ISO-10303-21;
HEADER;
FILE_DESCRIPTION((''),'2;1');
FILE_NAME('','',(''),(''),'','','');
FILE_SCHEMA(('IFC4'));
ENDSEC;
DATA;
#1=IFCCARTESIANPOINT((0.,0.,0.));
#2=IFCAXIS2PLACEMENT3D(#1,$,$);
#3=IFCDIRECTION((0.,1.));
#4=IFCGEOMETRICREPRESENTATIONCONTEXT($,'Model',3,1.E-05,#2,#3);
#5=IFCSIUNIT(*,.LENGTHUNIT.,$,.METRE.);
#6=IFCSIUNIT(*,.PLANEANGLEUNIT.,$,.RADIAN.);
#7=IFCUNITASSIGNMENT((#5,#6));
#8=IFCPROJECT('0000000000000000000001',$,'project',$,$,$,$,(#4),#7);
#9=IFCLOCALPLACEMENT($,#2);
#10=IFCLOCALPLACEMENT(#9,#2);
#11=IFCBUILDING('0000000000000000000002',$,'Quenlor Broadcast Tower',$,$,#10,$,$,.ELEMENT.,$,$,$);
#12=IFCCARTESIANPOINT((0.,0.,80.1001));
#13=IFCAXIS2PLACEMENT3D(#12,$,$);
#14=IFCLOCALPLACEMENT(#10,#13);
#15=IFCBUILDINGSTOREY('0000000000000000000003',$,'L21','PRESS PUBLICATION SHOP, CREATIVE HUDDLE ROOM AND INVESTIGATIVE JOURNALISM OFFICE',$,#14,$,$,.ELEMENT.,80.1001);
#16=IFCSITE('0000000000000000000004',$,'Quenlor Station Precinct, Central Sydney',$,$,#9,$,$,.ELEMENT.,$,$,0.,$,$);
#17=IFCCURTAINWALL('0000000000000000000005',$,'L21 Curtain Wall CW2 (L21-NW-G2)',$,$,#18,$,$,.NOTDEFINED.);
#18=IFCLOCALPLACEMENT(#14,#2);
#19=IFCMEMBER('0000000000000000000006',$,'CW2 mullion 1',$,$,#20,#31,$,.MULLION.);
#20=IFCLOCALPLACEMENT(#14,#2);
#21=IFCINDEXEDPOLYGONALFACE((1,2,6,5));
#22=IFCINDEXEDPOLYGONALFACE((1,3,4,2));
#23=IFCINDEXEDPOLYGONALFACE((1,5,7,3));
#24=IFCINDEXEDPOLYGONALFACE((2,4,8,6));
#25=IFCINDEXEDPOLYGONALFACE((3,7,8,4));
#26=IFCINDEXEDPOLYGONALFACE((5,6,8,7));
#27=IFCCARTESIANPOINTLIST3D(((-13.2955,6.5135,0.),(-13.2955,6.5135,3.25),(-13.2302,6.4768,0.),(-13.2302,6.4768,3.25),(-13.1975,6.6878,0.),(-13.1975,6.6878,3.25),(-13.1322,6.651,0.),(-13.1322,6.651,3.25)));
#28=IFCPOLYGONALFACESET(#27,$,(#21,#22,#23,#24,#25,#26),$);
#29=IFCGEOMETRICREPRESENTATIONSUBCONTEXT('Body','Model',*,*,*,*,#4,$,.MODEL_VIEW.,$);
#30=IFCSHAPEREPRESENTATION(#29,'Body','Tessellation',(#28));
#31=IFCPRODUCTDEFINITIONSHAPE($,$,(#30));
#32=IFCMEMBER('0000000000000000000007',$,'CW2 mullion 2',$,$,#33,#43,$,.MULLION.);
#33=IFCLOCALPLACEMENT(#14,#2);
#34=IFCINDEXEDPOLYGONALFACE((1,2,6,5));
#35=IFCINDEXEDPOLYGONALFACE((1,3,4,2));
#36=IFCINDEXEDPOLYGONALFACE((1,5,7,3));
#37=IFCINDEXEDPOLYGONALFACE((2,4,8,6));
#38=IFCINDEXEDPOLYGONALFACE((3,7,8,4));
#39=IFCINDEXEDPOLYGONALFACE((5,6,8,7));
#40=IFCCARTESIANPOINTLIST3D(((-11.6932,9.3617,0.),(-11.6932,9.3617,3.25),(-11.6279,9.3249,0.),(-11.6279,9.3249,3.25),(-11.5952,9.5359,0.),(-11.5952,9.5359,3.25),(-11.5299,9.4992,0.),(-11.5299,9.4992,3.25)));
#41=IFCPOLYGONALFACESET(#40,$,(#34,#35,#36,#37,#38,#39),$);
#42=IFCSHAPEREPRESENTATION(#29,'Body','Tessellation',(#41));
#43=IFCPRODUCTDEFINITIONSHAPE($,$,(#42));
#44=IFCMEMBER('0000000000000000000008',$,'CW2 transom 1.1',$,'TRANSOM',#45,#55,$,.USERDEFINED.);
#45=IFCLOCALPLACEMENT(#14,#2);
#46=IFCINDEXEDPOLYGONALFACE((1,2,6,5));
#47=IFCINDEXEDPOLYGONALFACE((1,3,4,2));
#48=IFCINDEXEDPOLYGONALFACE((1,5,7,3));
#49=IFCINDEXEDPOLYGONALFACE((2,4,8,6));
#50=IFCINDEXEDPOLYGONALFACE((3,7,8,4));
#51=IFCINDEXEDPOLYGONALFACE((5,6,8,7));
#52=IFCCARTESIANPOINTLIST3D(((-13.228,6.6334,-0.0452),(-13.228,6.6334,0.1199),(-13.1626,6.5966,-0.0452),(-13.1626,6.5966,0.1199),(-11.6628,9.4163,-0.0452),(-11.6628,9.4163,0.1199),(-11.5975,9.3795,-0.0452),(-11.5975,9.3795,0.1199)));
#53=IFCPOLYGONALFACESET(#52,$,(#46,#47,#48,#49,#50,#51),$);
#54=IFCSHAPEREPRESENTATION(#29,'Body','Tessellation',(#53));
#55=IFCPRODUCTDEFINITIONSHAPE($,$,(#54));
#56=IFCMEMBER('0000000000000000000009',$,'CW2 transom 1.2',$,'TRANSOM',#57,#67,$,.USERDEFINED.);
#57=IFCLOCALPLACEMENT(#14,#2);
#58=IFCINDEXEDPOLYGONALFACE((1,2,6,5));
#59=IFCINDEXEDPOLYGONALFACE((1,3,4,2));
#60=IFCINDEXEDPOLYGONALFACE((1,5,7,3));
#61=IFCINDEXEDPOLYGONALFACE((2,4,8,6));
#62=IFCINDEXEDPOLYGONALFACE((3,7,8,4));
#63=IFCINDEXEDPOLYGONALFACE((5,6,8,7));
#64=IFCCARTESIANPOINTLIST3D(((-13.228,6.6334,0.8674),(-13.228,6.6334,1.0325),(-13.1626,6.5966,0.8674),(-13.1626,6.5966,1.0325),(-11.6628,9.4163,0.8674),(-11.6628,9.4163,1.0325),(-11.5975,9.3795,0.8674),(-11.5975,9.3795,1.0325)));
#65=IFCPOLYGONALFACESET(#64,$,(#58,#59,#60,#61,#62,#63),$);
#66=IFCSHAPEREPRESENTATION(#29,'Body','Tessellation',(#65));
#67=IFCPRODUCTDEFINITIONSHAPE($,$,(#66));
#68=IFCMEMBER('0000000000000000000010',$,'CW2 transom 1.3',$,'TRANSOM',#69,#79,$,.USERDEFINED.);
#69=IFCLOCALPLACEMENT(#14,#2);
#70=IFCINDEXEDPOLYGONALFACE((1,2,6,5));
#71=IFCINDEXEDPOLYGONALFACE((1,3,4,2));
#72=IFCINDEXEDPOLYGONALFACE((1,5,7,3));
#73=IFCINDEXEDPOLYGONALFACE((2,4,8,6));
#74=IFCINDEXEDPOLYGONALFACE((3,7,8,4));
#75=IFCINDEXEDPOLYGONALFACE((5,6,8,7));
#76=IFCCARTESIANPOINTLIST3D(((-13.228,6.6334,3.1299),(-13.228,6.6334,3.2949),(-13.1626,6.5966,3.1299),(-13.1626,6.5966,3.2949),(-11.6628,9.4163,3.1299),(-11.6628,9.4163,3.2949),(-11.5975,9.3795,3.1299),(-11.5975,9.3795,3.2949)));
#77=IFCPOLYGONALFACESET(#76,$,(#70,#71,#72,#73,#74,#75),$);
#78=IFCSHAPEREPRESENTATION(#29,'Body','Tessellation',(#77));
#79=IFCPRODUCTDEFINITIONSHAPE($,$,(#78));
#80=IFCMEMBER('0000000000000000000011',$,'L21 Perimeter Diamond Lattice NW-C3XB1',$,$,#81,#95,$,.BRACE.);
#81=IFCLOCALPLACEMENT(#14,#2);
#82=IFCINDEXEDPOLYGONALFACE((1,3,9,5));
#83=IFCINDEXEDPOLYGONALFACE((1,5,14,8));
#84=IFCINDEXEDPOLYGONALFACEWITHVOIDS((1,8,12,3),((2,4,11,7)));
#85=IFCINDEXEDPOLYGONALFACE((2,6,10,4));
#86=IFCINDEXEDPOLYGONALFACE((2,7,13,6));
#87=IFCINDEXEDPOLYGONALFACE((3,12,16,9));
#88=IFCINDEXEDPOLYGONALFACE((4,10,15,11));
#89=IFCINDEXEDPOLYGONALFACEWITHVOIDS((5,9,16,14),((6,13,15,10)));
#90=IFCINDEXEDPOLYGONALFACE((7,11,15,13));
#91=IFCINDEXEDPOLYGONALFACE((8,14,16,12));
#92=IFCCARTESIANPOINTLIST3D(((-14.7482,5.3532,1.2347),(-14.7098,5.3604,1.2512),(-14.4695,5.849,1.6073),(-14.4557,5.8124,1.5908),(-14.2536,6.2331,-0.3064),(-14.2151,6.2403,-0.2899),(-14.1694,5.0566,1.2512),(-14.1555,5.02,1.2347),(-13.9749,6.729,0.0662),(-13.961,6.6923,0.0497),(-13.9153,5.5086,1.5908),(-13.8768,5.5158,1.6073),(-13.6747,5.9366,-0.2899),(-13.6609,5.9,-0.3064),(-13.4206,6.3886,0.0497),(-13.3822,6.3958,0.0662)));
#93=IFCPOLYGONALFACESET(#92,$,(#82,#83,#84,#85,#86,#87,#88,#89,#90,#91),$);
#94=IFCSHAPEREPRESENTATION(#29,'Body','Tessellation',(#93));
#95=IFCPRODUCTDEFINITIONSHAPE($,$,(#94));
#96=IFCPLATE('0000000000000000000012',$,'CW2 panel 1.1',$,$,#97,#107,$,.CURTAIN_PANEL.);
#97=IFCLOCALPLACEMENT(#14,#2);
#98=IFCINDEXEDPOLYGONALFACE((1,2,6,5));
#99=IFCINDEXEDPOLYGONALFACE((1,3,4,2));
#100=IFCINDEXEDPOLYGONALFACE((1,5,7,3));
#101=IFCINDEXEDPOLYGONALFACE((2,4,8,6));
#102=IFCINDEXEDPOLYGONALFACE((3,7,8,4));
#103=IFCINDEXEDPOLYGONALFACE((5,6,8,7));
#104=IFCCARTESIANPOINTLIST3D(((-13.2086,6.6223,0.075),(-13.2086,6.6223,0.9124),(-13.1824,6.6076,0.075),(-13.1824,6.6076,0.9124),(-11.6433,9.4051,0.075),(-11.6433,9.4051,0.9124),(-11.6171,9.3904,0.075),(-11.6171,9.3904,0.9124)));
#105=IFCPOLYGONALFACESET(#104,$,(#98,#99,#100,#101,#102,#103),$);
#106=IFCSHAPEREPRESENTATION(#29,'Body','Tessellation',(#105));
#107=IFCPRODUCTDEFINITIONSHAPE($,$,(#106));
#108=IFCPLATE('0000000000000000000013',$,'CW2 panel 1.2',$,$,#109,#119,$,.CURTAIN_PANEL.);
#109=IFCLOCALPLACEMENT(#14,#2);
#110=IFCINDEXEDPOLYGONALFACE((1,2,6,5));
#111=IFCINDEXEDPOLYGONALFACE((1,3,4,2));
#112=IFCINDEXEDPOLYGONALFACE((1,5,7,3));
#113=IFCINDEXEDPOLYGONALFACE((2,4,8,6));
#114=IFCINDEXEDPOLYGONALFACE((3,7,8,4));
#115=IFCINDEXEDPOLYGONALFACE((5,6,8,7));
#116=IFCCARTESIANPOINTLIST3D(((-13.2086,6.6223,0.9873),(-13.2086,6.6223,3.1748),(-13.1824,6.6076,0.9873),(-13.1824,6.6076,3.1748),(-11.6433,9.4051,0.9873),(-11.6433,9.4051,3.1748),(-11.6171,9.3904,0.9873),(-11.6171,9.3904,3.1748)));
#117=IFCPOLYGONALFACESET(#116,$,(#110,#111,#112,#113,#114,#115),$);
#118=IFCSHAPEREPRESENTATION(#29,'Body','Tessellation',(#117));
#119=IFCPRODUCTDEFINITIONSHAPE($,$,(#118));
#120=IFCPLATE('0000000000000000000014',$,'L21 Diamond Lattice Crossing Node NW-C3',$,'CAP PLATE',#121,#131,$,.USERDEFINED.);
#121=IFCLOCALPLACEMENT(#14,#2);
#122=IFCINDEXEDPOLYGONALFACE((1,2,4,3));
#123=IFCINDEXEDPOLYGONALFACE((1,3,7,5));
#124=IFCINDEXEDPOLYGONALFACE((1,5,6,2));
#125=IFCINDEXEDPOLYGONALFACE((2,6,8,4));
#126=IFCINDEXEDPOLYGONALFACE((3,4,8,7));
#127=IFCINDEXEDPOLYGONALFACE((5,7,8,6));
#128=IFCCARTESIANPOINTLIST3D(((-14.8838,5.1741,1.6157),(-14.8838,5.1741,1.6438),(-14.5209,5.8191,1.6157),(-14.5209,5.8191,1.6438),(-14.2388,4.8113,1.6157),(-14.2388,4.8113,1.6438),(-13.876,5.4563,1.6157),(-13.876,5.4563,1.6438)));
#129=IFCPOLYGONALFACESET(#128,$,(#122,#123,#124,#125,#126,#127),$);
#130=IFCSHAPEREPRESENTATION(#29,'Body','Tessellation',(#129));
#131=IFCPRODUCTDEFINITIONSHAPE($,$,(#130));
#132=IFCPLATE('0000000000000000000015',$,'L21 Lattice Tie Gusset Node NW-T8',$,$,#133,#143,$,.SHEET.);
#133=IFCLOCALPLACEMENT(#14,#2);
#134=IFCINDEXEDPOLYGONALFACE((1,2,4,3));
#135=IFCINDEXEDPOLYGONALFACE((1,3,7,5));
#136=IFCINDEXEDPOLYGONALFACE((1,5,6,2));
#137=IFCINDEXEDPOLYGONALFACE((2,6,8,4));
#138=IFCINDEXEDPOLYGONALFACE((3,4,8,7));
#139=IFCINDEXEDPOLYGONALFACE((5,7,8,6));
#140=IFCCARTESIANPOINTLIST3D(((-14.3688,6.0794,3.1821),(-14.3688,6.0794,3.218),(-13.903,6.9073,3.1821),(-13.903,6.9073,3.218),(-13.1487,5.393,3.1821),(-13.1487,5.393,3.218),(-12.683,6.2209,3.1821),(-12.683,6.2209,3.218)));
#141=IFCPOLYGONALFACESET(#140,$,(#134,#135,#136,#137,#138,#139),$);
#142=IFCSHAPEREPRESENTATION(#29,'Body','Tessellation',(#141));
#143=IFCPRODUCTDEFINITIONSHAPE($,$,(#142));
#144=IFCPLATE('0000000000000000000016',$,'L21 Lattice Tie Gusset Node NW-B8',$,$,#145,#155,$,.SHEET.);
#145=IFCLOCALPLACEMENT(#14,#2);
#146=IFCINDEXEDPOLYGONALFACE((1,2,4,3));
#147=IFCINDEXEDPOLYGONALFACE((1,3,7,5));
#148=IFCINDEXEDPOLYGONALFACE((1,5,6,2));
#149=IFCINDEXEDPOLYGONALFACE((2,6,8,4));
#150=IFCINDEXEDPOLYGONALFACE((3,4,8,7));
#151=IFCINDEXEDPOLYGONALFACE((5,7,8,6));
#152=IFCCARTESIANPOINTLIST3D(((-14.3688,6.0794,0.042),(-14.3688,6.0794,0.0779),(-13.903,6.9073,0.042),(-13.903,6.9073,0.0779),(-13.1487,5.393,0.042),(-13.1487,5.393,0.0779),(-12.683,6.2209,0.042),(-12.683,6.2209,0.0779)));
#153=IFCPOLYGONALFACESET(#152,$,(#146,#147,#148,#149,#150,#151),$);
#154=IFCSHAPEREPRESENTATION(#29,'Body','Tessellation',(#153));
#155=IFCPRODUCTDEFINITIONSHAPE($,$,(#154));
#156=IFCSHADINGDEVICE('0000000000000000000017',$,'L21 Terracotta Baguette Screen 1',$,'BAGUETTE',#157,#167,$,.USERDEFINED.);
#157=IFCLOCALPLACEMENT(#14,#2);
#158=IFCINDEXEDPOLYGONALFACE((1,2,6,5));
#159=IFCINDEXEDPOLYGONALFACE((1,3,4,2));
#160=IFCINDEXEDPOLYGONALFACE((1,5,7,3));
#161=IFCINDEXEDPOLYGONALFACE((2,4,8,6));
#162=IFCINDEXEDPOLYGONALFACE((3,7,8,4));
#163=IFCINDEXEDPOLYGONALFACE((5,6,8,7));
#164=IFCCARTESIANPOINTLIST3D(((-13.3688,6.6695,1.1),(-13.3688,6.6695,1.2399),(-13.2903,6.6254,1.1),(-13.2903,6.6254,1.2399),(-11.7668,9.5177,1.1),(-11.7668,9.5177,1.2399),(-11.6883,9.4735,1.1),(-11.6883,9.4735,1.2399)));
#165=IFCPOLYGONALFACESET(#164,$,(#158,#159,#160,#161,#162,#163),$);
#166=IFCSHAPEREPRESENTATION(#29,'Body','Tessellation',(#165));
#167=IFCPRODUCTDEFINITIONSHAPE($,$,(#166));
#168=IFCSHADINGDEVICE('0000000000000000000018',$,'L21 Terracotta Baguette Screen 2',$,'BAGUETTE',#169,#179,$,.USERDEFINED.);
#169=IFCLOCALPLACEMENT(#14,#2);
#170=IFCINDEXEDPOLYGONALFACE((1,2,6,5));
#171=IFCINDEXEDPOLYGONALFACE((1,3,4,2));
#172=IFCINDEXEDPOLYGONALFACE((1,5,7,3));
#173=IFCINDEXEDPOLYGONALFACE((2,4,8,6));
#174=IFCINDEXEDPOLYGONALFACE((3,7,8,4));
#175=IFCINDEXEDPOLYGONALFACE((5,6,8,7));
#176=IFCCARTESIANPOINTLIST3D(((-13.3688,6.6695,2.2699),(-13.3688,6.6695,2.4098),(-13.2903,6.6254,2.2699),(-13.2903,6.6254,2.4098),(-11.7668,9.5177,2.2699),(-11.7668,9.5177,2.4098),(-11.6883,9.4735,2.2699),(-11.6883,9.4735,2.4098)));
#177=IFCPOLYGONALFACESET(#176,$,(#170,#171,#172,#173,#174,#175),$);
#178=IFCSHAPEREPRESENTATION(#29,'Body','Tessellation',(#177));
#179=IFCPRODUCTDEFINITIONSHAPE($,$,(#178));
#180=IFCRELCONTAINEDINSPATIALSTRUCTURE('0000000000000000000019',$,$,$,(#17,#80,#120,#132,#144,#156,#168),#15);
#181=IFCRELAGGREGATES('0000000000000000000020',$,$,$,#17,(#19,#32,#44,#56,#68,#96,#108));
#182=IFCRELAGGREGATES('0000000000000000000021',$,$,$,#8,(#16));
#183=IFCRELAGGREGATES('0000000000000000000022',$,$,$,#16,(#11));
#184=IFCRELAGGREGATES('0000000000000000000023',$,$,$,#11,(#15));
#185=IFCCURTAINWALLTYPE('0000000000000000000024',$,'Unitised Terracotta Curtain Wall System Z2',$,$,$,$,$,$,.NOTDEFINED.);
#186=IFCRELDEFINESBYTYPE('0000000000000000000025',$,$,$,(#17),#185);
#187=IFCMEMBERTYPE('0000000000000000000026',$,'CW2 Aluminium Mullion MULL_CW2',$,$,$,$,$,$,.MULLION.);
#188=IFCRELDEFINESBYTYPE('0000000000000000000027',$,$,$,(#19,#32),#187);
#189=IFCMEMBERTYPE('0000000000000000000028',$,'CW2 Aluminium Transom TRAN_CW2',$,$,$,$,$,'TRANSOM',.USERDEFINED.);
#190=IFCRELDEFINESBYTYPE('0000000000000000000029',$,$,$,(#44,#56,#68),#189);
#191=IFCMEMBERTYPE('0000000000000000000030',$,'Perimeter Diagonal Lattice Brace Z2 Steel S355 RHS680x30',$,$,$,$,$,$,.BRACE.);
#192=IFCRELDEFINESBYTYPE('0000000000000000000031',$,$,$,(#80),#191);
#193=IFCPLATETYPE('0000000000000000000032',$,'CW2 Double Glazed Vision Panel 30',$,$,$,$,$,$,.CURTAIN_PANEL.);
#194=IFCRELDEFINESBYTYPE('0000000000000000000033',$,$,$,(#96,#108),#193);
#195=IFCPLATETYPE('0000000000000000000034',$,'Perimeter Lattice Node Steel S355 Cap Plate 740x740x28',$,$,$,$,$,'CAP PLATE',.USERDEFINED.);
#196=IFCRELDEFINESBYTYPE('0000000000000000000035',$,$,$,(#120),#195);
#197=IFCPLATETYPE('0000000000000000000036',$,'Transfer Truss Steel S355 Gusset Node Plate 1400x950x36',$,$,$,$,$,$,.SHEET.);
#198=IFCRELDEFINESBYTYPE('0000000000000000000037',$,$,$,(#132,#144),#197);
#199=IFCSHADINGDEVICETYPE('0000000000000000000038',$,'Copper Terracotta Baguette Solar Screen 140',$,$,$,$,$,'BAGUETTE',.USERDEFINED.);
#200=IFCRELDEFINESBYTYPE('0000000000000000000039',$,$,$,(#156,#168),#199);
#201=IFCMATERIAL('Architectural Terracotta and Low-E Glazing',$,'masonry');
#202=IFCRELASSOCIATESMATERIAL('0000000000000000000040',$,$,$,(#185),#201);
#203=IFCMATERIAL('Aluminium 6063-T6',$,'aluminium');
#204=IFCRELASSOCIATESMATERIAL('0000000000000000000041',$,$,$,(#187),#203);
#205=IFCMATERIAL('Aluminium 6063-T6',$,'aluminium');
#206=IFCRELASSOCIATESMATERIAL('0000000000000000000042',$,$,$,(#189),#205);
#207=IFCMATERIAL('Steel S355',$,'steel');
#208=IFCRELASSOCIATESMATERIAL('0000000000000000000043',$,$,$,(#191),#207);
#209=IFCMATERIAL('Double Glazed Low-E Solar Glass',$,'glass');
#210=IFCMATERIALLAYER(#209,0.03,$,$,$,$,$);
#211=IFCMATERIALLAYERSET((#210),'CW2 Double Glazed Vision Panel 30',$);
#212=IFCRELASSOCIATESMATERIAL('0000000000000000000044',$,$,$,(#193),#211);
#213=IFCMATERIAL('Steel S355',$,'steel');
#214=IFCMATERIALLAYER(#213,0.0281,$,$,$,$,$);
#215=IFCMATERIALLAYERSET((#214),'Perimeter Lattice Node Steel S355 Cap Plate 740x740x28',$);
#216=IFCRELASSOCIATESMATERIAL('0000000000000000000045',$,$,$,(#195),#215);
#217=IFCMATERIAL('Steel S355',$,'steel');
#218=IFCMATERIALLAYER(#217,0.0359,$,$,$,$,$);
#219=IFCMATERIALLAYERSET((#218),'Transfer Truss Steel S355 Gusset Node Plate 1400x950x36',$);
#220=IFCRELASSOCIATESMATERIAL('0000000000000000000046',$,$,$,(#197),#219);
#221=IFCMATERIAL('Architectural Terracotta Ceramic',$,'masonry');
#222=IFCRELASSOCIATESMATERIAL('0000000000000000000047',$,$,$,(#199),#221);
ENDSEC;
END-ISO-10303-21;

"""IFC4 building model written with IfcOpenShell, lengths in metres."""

from ifc_helpers import new_model, si_unit, direction, frame, origin, origin_2d, place, context, subcontext, project, spatial, rectangle, hollow_rectangle, extrude, material, layer, layer_set, material_profile, profile_set, type_object, element, aggregate, save


model = new_model("IFC4")

# Units and contexts
model_context = context("Model", 3, precision=1e-05, world=origin(), true_north=direction((0.0, 1.0)))
body_context = subcontext(model_context, "Body", "Model", "MODEL_VIEW")
ifc_project = project(units=[si_unit("LENGTHUNIT", "METRE"), si_unit("PLANEANGLEUNIT", "RADIAN")], contexts=[model_context])

# Site, building, storey
site_placement = place(None, origin())
site = spatial("IfcSite", under=ifc_project, at=site_placement, Name="Quenlor Station Precinct, Central Sydney", CompositionType="ELEMENT", RefElevation=0.0)
building_placement = place(site_placement, origin())
building = spatial("IfcBuilding", under=site, at=building_placement, Name="Quenlor Broadcast Tower", CompositionType="ELEMENT")
storey_placement = place(building_placement, frame((0.0, 0.0, 80.1001)))
storey = spatial("IfcBuildingStorey", under=building, at=storey_placement, Name="L21", Description="PRESS PUBLICATION SHOP, CREATIVE HUDDLE ROOM AND INVESTIGATIVE JOURNALISM OFFICE", CompositionType="ELEMENT", Elevation=80.1001)

# Curtain wall, members
ifc_material_1 = material(Name="Architectural Terracotta and Low-E Glazing", Category="masonry")
curtain_wall_type = type_object("IfcCurtainWallType", Name="Unitised Terracotta Curtain Wall System Z2", PredefinedType="NOTDEFINED", material=ifc_material_1)
curtain_wall_placement = place(storey_placement, origin())
curtain_wall = element("IfcCurtainWall", 1, at=curtain_wall_placement, inside=storey, type_object=curtain_wall_type, Name="L21 Curtain Wall CW2 (L21-NW-G2)", PredefinedType="NOTDEFINED")
ifc_material_2 = material(Name="Aluminium 6063-T6", Category="aluminium")
ifc_material_profile_1 = material_profile(ifc_material_2, rectangle(XDim=0.075, YDim=0.2, at=origin_2d()))
ifc_profile_set_1 = profile_set([ifc_material_profile_1], Name="Aluminium 6063-T6 MULL75x200")
member_type_1 = type_object("IfcMemberType", Name="CW2 Aluminium Mullion MULL_CW2", PredefinedType="MULLION", material=ifc_profile_set_1)
member_1_placement = place(storey_placement, frame((-13.2139, 6.5823, 0.0), z_axis=(0.0, 0.0, 1.0), x_axis=(-0.871576, 0.490261, 0.0)))
member_1 = element("IfcMember", 2, at=member_1_placement, type_object=member_type_1, Name="CW2 mullion 1", PredefinedType="MULLION", context=body_context, shape_type="SweptSolid", body=[
    extrude(rectangle(XDim=0.075, YDim=0.2, at=origin_2d()), origin(), (0.0, 0.0, 1.0), 3.25),
])
member_2_placement = place(storey_placement, frame((-11.6116, 9.4304, 0.0), z_axis=(0.0, 0.0, 1.0), x_axis=(-0.871576, 0.490261, 0.0)))
member_2 = element("IfcMember", 3, at=member_2_placement, type_object=member_type_1, Name="CW2 mullion 2", PredefinedType="MULLION", context=body_context, shape_type="SweptSolid", body=[
    extrude(rectangle(XDim=0.075, YDim=0.2, at=origin_2d()), origin(), (0.0, 0.0, 1.0), 3.25),
])
ifc_material_3 = material(Name="Aluminium 6063-T6", Category="aluminium")
ifc_material_profile_2 = material_profile(ifc_material_3, rectangle(XDim=0.075, YDim=0.165, at=origin_2d()))
ifc_profile_set_2 = profile_set([ifc_material_profile_2], Name="Aluminium 6063-T6 TRAN75x165")
member_type_2 = type_object("IfcMemberType", Name="CW2 Aluminium Transom TRAN_CW2", ElementType="TRANSOM", PredefinedType="USERDEFINED", material=ifc_profile_set_2)
member_3_placement = place(storey_placement, frame((-13.1953, 6.615, 0.0374), z_axis=(0.490207, 0.871606, 0.0), x_axis=(-0.871606, 0.490207, 0.0)))
member_3 = element("IfcMember", 4, at=member_3_placement, type_object=member_type_2, Name="CW2 transom 1.1", ObjectType="TRANSOM", PredefinedType="USERDEFINED", context=body_context, shape_type="SweptSolid", body=[
    extrude(rectangle(XDim=0.075, YDim=0.165, at=origin_2d()), origin(), (0.0, 0.0, 1.0), 3.1929),
])
member_4_placement = place(storey_placement, frame((-13.1953, 6.615, 0.95), z_axis=(0.490207, 0.871606, 0.0), x_axis=(-0.871606, 0.490207, 0.0)))
member_4 = element("IfcMember", 5, at=member_4_placement, type_object=member_type_2, Name="CW2 transom 1.2", ObjectType="TRANSOM", PredefinedType="USERDEFINED", context=body_context, shape_type="SweptSolid", body=[
    extrude(rectangle(XDim=0.075, YDim=0.165, at=origin_2d()), origin(), (0.0, 0.0, 1.0), 3.1929),
])
member_5_placement = place(storey_placement, frame((-13.1953, 6.615, 3.2124), z_axis=(0.490207, 0.871606, 0.0), x_axis=(-0.871606, 0.490207, 0.0)))
member_5 = element("IfcMember", 6, at=member_5_placement, type_object=member_type_2, Name="CW2 transom 1.3", ObjectType="TRANSOM", PredefinedType="USERDEFINED", context=body_context, shape_type="SweptSolid", body=[
    extrude(rectangle(XDim=0.075, YDim=0.165, at=origin_2d()), origin(), (0.0, 0.0, 1.0), 3.1929),
])

# Member
ifc_material_4 = material(Name="Steel S355", Category="steel")
ifc_material_profile_3 = material_profile(ifc_material_4, hollow_rectangle(XDim=0.6799, YDim=0.6799, WallThickness=0.03, at=origin_2d()))
ifc_profile_set_3 = profile_set([ifc_material_profile_3], Name="Steel S355 RHS680x680x30")
member_type_3 = type_object("IfcMemberType", Name="Perimeter Diagonal Lattice Brace Z2 Steel S355 RHS680x30", PredefinedType="BRACE", material=ifc_profile_set_3)
member_6_placement = place(storey_placement, frame((-13.8179, 6.3145, -0.1201), z_axis=(-0.268504, -0.477635, 0.836523), x_axis=(0.871705, -0.490032, 0.0)))
element("IfcMember", 7, at=member_6_placement, inside=storey, type_object=member_type_3, Name="L21 Perimeter Diamond Lattice NW-C3XB1", PredefinedType="BRACE", context=body_context, shape_type="SweptSolid", body=[
    extrude(hollow_rectangle(XDim=0.6799, YDim=0.6799, WallThickness=0.03, at=origin_2d()), origin(), (0.0, 0.0, 1.0), 1.8423),
])

# Plates
ifc_material_5 = material(Name="Double Glazed Low-E Solar Glass", Category="glass")
ifc_layer_1 = layer(ifc_material_5, 0.03)
ifc_layer_set_1 = layer_set([ifc_layer_1], Name="CW2 Double Glazed Vision Panel 30")
plate_type_1 = type_object("IfcPlateType", Name="CW2 Double Glazed Vision Panel 30", PredefinedType="CURTAIN_PANEL", material=ifc_layer_set_1)
plate_1_placement = place(storey_placement, frame((-12.4128, 8.0063, 0.075), z_axis=(0.0, 0.0, 1.0), x_axis=(0.490261, 0.871576, 0.0)))
plate_1 = element("IfcPlate", 8, at=plate_1_placement, type_object=plate_type_1, Name="CW2 panel 1.1", PredefinedType="CURTAIN_PANEL", context=body_context, shape_type="SweptSolid", body=[
    extrude(rectangle(XDim=3.1929, YDim=0.03, at=origin_2d()), origin(), (0.0, 0.0, 1.0), 0.8374),
])
plate_2_placement = place(storey_placement, frame((-12.4128, 8.0063, 0.9873), z_axis=(0.0, 0.0, 1.0), x_axis=(0.490261, 0.871576, 0.0)))
plate_2 = element("IfcPlate", 9, at=plate_2_placement, type_object=plate_type_1, Name="CW2 panel 1.2", PredefinedType="CURTAIN_PANEL", context=body_context, shape_type="SweptSolid", body=[
    extrude(rectangle(XDim=3.1929, YDim=0.03, at=origin_2d()), origin(), (0.0, 0.0, 1.0), 2.1875),
])
aggregate(curtain_wall, [member_1, member_2, member_3, member_4, member_5, plate_1, plate_2])

# Plates
ifc_material_6 = material(Name="Steel S355", Category="steel")
ifc_layer_2 = layer(ifc_material_6, 0.0281)
ifc_layer_set_2 = layer_set([ifc_layer_2], Name="Perimeter Lattice Node Steel S355 Cap Plate 740x740x28")
plate_type_2 = type_object("IfcPlateType", Name="Perimeter Lattice Node Steel S355 Cap Plate 740x740x28", ElementType="CAP PLATE", PredefinedType="USERDEFINED", material=ifc_layer_set_2)
plate_3_placement = place(storey_placement, frame((-14.3799, 5.3152, 1.6157), z_axis=(0.0, 0.0, 1.0), x_axis=(0.490295, 0.871556, 0.0)))
element("IfcPlate", 10, at=plate_3_placement, inside=storey, type_object=plate_type_2, Name="L21 Diamond Lattice Crossing Node NW-C3", ObjectType="CAP PLATE", PredefinedType="USERDEFINED", context=body_context, shape_type="SweptSolid", body=[
    extrude(rectangle(XDim=0.74, YDim=0.74, at=origin_2d()), origin(), (0.0, 0.0, 1.0), 0.0281),
])
ifc_material_7 = material(Name="Steel S355", Category="steel")
ifc_layer_3 = layer(ifc_material_7, 0.0359)
ifc_layer_set_3 = layer_set([ifc_layer_3], Name="Transfer Truss Steel S355 Gusset Node Plate 1400x950x36")
plate_type_3 = type_object("IfcPlateType", Name="Transfer Truss Steel S355 Gusset Node Plate 1400x950x36", PredefinedType="SHEET", material=ifc_layer_set_3)
for number, where, z_axis, x_axis, name in (
    (11, (-13.5259, 6.1501, 3.1821), (0.0, 0.0, 1.0), (-0.871556, 0.490295, 0.0), "L21 Lattice Tie Gusset Node NW-T8"),
    (12, (-13.5259, 6.1501, 0.042), (0.0, 0.0, 1.0), (-0.871556, 0.490295, 0.0), "L21 Lattice Tie Gusset Node NW-B8"),
):
    element("IfcPlate", number, at=place(storey_placement, frame(where, z_axis=z_axis, x_axis=x_axis)), inside=storey, type_object=plate_type_3, Name=name, PredefinedType="SHEET", context=body_context, shape_type="SweptSolid", body=[
        extrude(rectangle(XDim=1.3999, YDim=0.95, at=origin_2d()), origin(), (0.0, 0.0, 1.0), 0.0359),
    ])

# Shading devices
ifc_material_8 = material(Name="Architectural Terracotta Ceramic", Category="masonry")
ifc_material_profile_4 = material_profile(ifc_material_8, rectangle(XDim=0.0901, YDim=0.1399, at=origin_2d()))
ifc_profile_set_4 = profile_set([ifc_material_profile_4], Name="Architectural Terracotta Ceramic BAG90x140")
shading_device_type = type_object("IfcShadingDeviceType", Name="Copper Terracotta Baguette Solar Screen 140", ElementType="BAGUETTE", PredefinedType="USERDEFINED", material=ifc_profile_set_4)
for number, where, z_axis, x_axis, name in (
    (13, (-13.3296, 6.6475, 1.1699), (0.490254, 0.87158, 0.0), (-0.87158, 0.490254, 0.0), "L21 Terracotta Baguette Screen 1"),
    (14, (-13.3296, 6.6475, 2.3398), (0.490254, 0.87158, 0.0), (-0.87158, 0.490254, 0.0), "L21 Terracotta Baguette Screen 2"),
):
    element("IfcShadingDevice", number, at=place(storey_placement, frame(where, z_axis=z_axis, x_axis=x_axis)), inside=storey, type_object=shading_device_type, Name=name, ObjectType="BAGUETTE", PredefinedType="USERDEFINED", context=body_context, shape_type="SweptSolid", body=[
        extrude(rectangle(XDim=0.0901, YDim=0.1399, at=origin_2d()), origin(), (0.0, 0.0, 1.0), 3.2678),
    ])

save(model, "model.ifc")
